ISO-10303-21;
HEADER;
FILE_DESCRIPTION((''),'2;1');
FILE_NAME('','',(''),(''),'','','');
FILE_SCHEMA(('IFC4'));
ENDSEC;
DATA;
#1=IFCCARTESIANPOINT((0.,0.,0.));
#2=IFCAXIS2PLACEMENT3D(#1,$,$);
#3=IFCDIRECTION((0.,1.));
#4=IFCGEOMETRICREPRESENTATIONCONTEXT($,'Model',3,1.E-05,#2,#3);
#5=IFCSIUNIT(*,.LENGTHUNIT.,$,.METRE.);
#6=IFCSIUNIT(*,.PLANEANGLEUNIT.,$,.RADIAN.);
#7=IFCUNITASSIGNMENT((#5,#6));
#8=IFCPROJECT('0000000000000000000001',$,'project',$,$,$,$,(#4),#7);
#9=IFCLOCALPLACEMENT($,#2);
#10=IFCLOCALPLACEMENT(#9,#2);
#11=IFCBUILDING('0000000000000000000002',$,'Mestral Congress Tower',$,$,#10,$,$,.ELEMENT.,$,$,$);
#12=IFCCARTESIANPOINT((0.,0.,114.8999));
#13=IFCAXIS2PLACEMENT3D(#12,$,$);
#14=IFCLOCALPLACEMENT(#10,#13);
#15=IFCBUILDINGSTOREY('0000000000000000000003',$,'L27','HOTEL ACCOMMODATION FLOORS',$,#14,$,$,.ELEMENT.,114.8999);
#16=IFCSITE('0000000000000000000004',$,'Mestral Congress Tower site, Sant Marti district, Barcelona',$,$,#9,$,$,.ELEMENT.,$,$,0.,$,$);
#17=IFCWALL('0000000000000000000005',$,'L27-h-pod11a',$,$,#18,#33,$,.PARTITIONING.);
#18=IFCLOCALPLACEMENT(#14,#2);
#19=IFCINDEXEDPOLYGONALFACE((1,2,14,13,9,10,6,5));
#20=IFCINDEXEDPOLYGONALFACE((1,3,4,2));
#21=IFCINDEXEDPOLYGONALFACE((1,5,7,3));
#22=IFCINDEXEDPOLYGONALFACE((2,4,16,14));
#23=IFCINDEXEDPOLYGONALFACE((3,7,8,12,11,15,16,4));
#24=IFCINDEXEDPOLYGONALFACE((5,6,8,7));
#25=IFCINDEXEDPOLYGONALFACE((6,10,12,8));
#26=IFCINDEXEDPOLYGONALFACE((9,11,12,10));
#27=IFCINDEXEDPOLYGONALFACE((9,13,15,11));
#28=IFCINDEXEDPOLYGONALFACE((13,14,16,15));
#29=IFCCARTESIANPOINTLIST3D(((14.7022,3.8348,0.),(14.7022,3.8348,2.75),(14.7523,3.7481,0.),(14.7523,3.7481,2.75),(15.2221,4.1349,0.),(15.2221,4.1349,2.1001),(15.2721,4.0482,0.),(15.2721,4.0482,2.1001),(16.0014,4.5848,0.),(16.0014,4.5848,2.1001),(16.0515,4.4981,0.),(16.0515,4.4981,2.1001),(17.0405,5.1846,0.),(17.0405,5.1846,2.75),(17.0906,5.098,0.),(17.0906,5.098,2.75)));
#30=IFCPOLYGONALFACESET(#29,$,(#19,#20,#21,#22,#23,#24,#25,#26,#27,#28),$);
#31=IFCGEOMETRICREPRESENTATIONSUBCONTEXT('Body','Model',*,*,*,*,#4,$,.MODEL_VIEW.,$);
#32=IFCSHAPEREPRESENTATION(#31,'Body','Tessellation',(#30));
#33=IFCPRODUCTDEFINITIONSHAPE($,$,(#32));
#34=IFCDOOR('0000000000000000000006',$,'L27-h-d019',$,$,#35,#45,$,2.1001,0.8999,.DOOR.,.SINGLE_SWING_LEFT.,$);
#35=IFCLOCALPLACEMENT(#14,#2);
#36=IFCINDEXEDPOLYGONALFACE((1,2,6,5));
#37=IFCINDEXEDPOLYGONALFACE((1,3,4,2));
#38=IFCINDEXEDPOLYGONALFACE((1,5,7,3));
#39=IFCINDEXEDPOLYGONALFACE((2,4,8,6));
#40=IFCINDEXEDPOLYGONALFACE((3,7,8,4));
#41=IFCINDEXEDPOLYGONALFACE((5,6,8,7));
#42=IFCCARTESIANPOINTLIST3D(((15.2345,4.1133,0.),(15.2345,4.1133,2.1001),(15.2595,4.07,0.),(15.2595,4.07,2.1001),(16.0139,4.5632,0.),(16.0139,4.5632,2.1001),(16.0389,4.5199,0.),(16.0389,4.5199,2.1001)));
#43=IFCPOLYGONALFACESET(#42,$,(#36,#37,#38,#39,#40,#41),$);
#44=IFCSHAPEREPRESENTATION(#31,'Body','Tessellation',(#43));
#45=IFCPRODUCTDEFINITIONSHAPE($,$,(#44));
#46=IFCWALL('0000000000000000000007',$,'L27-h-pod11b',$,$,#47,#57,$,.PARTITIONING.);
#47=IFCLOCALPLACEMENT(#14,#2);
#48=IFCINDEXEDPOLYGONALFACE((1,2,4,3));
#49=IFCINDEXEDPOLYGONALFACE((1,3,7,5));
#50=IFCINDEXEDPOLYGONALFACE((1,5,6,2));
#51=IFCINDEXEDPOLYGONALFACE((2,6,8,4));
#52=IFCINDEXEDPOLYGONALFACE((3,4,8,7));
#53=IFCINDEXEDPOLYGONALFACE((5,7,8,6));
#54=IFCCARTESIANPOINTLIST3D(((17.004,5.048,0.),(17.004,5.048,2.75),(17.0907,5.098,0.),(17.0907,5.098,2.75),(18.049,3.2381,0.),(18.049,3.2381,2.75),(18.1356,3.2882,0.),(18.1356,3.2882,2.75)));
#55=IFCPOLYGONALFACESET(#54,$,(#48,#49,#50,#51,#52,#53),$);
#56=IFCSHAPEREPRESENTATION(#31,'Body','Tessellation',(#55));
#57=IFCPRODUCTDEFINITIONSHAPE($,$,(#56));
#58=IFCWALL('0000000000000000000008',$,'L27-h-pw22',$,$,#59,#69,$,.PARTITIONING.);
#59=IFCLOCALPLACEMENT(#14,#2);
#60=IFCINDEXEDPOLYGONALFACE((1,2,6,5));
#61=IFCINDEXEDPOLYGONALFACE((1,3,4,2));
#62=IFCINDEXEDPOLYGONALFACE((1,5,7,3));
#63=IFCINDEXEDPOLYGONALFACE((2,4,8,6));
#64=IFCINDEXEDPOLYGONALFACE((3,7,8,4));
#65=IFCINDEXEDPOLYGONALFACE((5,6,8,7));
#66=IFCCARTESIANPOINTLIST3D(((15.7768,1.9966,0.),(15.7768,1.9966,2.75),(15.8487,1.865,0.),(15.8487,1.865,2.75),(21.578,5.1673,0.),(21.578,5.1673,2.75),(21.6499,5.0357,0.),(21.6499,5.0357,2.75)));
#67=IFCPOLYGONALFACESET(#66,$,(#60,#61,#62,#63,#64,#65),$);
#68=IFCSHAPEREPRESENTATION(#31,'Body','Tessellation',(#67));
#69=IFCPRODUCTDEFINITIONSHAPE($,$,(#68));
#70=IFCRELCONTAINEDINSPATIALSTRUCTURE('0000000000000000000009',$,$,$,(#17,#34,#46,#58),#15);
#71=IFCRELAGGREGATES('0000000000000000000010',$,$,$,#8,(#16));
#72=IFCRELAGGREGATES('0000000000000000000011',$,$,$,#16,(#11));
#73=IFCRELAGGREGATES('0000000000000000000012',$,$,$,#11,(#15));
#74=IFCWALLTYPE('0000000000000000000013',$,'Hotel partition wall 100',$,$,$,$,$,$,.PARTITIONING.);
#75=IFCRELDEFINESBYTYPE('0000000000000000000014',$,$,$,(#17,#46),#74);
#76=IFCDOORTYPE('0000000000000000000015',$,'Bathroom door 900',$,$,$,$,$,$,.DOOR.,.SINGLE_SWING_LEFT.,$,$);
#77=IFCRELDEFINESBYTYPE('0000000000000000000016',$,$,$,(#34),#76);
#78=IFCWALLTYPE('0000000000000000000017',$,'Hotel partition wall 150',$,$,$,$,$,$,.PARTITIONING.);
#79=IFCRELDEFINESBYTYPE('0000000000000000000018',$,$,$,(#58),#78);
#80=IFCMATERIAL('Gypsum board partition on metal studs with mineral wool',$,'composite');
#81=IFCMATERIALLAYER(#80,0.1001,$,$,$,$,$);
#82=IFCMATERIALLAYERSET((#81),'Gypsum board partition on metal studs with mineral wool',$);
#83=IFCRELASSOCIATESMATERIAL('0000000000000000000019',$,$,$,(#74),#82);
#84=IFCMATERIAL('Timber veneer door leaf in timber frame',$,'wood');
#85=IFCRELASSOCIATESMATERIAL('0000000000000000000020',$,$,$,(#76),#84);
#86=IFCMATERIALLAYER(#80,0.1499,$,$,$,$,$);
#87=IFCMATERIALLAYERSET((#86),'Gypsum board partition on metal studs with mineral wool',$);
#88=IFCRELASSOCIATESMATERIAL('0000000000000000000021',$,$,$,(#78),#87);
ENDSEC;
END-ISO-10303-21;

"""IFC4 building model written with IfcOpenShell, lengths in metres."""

from ifc_helpers import new_model, si_unit, direction, frame, frame_2d, origin, place, context, subcontext, project, spatial, rectangle, extrude, material, layer, layer_set, type_object, element, fill, save


model = new_model("IFC4")

# Units and contexts
model_context = context("Model", 3, precision=1e-05, world=origin(), true_north=direction((0.0, 1.0)))
body_context = subcontext(model_context, "Body", "Model", "MODEL_VIEW")
ifc_project = project(units=[si_unit("LENGTHUNIT", "METRE"), si_unit("PLANEANGLEUNIT", "RADIAN")], contexts=[model_context])

# Site, building, storey
site_placement = place(None, origin())
site = spatial("IfcSite", under=ifc_project, at=site_placement, Name="Mestral Congress Tower site, Sant Marti district, Barcelona", CompositionType="ELEMENT", RefElevation=0.0)
building_placement = place(site_placement, origin())
building = spatial("IfcBuilding", under=site, at=building_placement, Name="Mestral Congress Tower", CompositionType="ELEMENT")
storey_placement = place(building_placement, frame((0.0, 0.0, 114.8999)))
storey = spatial("IfcBuildingStorey", under=building, at=storey_placement, Name="L27", Description="HOTEL ACCOMMODATION FLOORS", CompositionType="ELEMENT", Elevation=114.8999)

# Shared definitions
ifc_material_1 = material(Name="Gypsum board partition on metal studs with mineral wool", Category="composite")
ifc_layer_1 = layer(ifc_material_1, 0.1001)
ifc_layer_set_1 = layer_set([ifc_layer_1], Name="Gypsum board partition on metal studs with mineral wool")
wall_type_1 = type_object("IfcWallType", Name="Hotel partition wall 100", PredefinedType="PARTITIONING", material=ifc_layer_set_1)
ifc_material_2 = material(Name="Timber veneer door leaf in timber frame", Category="wood")
door_type = type_object("IfcDoorType", Name="Bathroom door 900", OperationType="SINGLE_SWING_LEFT", PredefinedType="DOOR", material=ifc_material_2)

# Wall, opening, door
wall_1_placement = place(storey_placement, frame((17.0657, 5.1414, 0.0), z_axis=(0.0, 0.0, 1.0), x_axis=(-0.866059, -0.499942, 0.0)))
wall_1 = element("IfcWall", 1, at=wall_1_placement, inside=storey, type_object=wall_type_1, Name="L27-h-pod11a", PredefinedType="PARTITIONING", context=body_context, shape_type="SweptSolid", body=[
    extrude(rectangle(XDim=2.7, YDim=0.1001, at=frame_2d((1.3501, 0.0))), origin(), (0.0, 0.0, 1.0), 2.75),
])
opening_1_placement = place(wall_1_placement, frame((1.2, 0.0, 0.0)))
opening_1 = element("IfcOpeningElement", 2, at=opening_1_placement, cuts=wall_1, PredefinedType="OPENING", context=body_context, shape_type="SweptSolid", body=[
    extrude(rectangle(XDim=0.8999, YDim=2.1001, at=frame_2d((0.45, 1.05))), frame((0.0, 0.0601, 0.0), z_axis=(0.0, -1.0, 0.0), x_axis=(1.0, 0.0, 0.0)), (0.0, 0.0, 1.0), 0.1201),
])
door_1_placement = place(opening_1_placement, origin())
door_1 = element("IfcDoor", 3, at=door_1_placement, inside=storey, type_object=door_type, Name="L27-h-d019", OperationType="SINGLE_SWING_LEFT", OverallHeight=2.1001, OverallWidth=0.8999, PredefinedType="DOOR", context=body_context, shape_type="SweptSolid", body=[
    extrude(rectangle(XDim=0.8999, YDim=2.1001, at=frame_2d((0.45, 1.05))), frame((0.0, 0.0249, 0.0), z_axis=(0.0, -1.0, 0.0), x_axis=(1.0, 0.0, 0.0)), (0.0, 0.0, 1.0), 0.05),
])
fill(opening_1, door_1)

# Walls
wall_2_placement = place(storey_placement, frame((17.0474, 5.073, 0.0), z_axis=(0.0, 0.0, 1.0), x_axis=(0.500009, -0.86602, 0.0)))
element("IfcWall", 4, at=wall_2_placement, inside=storey, type_object=wall_type_1, Name="L27-h-pod11b", PredefinedType="PARTITIONING", context=body_context, shape_type="SweptSolid", body=[
    extrude(rectangle(XDim=2.0898, YDim=0.1001, at=frame_2d((1.0449, 0.0))), origin(), (0.0, 0.0, 1.0), 2.75),
])
ifc_layer_2 = layer(ifc_material_1, 0.1499)
ifc_layer_set_2 = layer_set([ifc_layer_2], Name="Gypsum board partition on metal studs with mineral wool")
wall_type_2 = type_object("IfcWallType", Name="Hotel partition wall 150", PredefinedType="PARTITIONING", material=ifc_layer_set_2)
wall_3_placement = place(storey_placement, frame((21.614, 5.1016, 0.0), z_axis=(0.0, 0.0, 1.0), x_axis=(-0.877485, -0.479605, 0.0)))
element("IfcWall", 5, at=wall_3_placement, inside=storey, type_object=wall_type_2, Name="L27-h-pw22", PredefinedType="PARTITIONING", context=body_context, shape_type="SweptSolid", body=[
    extrude(rectangle(XDim=6.6111, YDim=0.1499, at=frame_2d((3.3057, 0.0))), origin(), (0.0, 0.0, 1.0), 2.75),
])

save(model, "model.ifc")
